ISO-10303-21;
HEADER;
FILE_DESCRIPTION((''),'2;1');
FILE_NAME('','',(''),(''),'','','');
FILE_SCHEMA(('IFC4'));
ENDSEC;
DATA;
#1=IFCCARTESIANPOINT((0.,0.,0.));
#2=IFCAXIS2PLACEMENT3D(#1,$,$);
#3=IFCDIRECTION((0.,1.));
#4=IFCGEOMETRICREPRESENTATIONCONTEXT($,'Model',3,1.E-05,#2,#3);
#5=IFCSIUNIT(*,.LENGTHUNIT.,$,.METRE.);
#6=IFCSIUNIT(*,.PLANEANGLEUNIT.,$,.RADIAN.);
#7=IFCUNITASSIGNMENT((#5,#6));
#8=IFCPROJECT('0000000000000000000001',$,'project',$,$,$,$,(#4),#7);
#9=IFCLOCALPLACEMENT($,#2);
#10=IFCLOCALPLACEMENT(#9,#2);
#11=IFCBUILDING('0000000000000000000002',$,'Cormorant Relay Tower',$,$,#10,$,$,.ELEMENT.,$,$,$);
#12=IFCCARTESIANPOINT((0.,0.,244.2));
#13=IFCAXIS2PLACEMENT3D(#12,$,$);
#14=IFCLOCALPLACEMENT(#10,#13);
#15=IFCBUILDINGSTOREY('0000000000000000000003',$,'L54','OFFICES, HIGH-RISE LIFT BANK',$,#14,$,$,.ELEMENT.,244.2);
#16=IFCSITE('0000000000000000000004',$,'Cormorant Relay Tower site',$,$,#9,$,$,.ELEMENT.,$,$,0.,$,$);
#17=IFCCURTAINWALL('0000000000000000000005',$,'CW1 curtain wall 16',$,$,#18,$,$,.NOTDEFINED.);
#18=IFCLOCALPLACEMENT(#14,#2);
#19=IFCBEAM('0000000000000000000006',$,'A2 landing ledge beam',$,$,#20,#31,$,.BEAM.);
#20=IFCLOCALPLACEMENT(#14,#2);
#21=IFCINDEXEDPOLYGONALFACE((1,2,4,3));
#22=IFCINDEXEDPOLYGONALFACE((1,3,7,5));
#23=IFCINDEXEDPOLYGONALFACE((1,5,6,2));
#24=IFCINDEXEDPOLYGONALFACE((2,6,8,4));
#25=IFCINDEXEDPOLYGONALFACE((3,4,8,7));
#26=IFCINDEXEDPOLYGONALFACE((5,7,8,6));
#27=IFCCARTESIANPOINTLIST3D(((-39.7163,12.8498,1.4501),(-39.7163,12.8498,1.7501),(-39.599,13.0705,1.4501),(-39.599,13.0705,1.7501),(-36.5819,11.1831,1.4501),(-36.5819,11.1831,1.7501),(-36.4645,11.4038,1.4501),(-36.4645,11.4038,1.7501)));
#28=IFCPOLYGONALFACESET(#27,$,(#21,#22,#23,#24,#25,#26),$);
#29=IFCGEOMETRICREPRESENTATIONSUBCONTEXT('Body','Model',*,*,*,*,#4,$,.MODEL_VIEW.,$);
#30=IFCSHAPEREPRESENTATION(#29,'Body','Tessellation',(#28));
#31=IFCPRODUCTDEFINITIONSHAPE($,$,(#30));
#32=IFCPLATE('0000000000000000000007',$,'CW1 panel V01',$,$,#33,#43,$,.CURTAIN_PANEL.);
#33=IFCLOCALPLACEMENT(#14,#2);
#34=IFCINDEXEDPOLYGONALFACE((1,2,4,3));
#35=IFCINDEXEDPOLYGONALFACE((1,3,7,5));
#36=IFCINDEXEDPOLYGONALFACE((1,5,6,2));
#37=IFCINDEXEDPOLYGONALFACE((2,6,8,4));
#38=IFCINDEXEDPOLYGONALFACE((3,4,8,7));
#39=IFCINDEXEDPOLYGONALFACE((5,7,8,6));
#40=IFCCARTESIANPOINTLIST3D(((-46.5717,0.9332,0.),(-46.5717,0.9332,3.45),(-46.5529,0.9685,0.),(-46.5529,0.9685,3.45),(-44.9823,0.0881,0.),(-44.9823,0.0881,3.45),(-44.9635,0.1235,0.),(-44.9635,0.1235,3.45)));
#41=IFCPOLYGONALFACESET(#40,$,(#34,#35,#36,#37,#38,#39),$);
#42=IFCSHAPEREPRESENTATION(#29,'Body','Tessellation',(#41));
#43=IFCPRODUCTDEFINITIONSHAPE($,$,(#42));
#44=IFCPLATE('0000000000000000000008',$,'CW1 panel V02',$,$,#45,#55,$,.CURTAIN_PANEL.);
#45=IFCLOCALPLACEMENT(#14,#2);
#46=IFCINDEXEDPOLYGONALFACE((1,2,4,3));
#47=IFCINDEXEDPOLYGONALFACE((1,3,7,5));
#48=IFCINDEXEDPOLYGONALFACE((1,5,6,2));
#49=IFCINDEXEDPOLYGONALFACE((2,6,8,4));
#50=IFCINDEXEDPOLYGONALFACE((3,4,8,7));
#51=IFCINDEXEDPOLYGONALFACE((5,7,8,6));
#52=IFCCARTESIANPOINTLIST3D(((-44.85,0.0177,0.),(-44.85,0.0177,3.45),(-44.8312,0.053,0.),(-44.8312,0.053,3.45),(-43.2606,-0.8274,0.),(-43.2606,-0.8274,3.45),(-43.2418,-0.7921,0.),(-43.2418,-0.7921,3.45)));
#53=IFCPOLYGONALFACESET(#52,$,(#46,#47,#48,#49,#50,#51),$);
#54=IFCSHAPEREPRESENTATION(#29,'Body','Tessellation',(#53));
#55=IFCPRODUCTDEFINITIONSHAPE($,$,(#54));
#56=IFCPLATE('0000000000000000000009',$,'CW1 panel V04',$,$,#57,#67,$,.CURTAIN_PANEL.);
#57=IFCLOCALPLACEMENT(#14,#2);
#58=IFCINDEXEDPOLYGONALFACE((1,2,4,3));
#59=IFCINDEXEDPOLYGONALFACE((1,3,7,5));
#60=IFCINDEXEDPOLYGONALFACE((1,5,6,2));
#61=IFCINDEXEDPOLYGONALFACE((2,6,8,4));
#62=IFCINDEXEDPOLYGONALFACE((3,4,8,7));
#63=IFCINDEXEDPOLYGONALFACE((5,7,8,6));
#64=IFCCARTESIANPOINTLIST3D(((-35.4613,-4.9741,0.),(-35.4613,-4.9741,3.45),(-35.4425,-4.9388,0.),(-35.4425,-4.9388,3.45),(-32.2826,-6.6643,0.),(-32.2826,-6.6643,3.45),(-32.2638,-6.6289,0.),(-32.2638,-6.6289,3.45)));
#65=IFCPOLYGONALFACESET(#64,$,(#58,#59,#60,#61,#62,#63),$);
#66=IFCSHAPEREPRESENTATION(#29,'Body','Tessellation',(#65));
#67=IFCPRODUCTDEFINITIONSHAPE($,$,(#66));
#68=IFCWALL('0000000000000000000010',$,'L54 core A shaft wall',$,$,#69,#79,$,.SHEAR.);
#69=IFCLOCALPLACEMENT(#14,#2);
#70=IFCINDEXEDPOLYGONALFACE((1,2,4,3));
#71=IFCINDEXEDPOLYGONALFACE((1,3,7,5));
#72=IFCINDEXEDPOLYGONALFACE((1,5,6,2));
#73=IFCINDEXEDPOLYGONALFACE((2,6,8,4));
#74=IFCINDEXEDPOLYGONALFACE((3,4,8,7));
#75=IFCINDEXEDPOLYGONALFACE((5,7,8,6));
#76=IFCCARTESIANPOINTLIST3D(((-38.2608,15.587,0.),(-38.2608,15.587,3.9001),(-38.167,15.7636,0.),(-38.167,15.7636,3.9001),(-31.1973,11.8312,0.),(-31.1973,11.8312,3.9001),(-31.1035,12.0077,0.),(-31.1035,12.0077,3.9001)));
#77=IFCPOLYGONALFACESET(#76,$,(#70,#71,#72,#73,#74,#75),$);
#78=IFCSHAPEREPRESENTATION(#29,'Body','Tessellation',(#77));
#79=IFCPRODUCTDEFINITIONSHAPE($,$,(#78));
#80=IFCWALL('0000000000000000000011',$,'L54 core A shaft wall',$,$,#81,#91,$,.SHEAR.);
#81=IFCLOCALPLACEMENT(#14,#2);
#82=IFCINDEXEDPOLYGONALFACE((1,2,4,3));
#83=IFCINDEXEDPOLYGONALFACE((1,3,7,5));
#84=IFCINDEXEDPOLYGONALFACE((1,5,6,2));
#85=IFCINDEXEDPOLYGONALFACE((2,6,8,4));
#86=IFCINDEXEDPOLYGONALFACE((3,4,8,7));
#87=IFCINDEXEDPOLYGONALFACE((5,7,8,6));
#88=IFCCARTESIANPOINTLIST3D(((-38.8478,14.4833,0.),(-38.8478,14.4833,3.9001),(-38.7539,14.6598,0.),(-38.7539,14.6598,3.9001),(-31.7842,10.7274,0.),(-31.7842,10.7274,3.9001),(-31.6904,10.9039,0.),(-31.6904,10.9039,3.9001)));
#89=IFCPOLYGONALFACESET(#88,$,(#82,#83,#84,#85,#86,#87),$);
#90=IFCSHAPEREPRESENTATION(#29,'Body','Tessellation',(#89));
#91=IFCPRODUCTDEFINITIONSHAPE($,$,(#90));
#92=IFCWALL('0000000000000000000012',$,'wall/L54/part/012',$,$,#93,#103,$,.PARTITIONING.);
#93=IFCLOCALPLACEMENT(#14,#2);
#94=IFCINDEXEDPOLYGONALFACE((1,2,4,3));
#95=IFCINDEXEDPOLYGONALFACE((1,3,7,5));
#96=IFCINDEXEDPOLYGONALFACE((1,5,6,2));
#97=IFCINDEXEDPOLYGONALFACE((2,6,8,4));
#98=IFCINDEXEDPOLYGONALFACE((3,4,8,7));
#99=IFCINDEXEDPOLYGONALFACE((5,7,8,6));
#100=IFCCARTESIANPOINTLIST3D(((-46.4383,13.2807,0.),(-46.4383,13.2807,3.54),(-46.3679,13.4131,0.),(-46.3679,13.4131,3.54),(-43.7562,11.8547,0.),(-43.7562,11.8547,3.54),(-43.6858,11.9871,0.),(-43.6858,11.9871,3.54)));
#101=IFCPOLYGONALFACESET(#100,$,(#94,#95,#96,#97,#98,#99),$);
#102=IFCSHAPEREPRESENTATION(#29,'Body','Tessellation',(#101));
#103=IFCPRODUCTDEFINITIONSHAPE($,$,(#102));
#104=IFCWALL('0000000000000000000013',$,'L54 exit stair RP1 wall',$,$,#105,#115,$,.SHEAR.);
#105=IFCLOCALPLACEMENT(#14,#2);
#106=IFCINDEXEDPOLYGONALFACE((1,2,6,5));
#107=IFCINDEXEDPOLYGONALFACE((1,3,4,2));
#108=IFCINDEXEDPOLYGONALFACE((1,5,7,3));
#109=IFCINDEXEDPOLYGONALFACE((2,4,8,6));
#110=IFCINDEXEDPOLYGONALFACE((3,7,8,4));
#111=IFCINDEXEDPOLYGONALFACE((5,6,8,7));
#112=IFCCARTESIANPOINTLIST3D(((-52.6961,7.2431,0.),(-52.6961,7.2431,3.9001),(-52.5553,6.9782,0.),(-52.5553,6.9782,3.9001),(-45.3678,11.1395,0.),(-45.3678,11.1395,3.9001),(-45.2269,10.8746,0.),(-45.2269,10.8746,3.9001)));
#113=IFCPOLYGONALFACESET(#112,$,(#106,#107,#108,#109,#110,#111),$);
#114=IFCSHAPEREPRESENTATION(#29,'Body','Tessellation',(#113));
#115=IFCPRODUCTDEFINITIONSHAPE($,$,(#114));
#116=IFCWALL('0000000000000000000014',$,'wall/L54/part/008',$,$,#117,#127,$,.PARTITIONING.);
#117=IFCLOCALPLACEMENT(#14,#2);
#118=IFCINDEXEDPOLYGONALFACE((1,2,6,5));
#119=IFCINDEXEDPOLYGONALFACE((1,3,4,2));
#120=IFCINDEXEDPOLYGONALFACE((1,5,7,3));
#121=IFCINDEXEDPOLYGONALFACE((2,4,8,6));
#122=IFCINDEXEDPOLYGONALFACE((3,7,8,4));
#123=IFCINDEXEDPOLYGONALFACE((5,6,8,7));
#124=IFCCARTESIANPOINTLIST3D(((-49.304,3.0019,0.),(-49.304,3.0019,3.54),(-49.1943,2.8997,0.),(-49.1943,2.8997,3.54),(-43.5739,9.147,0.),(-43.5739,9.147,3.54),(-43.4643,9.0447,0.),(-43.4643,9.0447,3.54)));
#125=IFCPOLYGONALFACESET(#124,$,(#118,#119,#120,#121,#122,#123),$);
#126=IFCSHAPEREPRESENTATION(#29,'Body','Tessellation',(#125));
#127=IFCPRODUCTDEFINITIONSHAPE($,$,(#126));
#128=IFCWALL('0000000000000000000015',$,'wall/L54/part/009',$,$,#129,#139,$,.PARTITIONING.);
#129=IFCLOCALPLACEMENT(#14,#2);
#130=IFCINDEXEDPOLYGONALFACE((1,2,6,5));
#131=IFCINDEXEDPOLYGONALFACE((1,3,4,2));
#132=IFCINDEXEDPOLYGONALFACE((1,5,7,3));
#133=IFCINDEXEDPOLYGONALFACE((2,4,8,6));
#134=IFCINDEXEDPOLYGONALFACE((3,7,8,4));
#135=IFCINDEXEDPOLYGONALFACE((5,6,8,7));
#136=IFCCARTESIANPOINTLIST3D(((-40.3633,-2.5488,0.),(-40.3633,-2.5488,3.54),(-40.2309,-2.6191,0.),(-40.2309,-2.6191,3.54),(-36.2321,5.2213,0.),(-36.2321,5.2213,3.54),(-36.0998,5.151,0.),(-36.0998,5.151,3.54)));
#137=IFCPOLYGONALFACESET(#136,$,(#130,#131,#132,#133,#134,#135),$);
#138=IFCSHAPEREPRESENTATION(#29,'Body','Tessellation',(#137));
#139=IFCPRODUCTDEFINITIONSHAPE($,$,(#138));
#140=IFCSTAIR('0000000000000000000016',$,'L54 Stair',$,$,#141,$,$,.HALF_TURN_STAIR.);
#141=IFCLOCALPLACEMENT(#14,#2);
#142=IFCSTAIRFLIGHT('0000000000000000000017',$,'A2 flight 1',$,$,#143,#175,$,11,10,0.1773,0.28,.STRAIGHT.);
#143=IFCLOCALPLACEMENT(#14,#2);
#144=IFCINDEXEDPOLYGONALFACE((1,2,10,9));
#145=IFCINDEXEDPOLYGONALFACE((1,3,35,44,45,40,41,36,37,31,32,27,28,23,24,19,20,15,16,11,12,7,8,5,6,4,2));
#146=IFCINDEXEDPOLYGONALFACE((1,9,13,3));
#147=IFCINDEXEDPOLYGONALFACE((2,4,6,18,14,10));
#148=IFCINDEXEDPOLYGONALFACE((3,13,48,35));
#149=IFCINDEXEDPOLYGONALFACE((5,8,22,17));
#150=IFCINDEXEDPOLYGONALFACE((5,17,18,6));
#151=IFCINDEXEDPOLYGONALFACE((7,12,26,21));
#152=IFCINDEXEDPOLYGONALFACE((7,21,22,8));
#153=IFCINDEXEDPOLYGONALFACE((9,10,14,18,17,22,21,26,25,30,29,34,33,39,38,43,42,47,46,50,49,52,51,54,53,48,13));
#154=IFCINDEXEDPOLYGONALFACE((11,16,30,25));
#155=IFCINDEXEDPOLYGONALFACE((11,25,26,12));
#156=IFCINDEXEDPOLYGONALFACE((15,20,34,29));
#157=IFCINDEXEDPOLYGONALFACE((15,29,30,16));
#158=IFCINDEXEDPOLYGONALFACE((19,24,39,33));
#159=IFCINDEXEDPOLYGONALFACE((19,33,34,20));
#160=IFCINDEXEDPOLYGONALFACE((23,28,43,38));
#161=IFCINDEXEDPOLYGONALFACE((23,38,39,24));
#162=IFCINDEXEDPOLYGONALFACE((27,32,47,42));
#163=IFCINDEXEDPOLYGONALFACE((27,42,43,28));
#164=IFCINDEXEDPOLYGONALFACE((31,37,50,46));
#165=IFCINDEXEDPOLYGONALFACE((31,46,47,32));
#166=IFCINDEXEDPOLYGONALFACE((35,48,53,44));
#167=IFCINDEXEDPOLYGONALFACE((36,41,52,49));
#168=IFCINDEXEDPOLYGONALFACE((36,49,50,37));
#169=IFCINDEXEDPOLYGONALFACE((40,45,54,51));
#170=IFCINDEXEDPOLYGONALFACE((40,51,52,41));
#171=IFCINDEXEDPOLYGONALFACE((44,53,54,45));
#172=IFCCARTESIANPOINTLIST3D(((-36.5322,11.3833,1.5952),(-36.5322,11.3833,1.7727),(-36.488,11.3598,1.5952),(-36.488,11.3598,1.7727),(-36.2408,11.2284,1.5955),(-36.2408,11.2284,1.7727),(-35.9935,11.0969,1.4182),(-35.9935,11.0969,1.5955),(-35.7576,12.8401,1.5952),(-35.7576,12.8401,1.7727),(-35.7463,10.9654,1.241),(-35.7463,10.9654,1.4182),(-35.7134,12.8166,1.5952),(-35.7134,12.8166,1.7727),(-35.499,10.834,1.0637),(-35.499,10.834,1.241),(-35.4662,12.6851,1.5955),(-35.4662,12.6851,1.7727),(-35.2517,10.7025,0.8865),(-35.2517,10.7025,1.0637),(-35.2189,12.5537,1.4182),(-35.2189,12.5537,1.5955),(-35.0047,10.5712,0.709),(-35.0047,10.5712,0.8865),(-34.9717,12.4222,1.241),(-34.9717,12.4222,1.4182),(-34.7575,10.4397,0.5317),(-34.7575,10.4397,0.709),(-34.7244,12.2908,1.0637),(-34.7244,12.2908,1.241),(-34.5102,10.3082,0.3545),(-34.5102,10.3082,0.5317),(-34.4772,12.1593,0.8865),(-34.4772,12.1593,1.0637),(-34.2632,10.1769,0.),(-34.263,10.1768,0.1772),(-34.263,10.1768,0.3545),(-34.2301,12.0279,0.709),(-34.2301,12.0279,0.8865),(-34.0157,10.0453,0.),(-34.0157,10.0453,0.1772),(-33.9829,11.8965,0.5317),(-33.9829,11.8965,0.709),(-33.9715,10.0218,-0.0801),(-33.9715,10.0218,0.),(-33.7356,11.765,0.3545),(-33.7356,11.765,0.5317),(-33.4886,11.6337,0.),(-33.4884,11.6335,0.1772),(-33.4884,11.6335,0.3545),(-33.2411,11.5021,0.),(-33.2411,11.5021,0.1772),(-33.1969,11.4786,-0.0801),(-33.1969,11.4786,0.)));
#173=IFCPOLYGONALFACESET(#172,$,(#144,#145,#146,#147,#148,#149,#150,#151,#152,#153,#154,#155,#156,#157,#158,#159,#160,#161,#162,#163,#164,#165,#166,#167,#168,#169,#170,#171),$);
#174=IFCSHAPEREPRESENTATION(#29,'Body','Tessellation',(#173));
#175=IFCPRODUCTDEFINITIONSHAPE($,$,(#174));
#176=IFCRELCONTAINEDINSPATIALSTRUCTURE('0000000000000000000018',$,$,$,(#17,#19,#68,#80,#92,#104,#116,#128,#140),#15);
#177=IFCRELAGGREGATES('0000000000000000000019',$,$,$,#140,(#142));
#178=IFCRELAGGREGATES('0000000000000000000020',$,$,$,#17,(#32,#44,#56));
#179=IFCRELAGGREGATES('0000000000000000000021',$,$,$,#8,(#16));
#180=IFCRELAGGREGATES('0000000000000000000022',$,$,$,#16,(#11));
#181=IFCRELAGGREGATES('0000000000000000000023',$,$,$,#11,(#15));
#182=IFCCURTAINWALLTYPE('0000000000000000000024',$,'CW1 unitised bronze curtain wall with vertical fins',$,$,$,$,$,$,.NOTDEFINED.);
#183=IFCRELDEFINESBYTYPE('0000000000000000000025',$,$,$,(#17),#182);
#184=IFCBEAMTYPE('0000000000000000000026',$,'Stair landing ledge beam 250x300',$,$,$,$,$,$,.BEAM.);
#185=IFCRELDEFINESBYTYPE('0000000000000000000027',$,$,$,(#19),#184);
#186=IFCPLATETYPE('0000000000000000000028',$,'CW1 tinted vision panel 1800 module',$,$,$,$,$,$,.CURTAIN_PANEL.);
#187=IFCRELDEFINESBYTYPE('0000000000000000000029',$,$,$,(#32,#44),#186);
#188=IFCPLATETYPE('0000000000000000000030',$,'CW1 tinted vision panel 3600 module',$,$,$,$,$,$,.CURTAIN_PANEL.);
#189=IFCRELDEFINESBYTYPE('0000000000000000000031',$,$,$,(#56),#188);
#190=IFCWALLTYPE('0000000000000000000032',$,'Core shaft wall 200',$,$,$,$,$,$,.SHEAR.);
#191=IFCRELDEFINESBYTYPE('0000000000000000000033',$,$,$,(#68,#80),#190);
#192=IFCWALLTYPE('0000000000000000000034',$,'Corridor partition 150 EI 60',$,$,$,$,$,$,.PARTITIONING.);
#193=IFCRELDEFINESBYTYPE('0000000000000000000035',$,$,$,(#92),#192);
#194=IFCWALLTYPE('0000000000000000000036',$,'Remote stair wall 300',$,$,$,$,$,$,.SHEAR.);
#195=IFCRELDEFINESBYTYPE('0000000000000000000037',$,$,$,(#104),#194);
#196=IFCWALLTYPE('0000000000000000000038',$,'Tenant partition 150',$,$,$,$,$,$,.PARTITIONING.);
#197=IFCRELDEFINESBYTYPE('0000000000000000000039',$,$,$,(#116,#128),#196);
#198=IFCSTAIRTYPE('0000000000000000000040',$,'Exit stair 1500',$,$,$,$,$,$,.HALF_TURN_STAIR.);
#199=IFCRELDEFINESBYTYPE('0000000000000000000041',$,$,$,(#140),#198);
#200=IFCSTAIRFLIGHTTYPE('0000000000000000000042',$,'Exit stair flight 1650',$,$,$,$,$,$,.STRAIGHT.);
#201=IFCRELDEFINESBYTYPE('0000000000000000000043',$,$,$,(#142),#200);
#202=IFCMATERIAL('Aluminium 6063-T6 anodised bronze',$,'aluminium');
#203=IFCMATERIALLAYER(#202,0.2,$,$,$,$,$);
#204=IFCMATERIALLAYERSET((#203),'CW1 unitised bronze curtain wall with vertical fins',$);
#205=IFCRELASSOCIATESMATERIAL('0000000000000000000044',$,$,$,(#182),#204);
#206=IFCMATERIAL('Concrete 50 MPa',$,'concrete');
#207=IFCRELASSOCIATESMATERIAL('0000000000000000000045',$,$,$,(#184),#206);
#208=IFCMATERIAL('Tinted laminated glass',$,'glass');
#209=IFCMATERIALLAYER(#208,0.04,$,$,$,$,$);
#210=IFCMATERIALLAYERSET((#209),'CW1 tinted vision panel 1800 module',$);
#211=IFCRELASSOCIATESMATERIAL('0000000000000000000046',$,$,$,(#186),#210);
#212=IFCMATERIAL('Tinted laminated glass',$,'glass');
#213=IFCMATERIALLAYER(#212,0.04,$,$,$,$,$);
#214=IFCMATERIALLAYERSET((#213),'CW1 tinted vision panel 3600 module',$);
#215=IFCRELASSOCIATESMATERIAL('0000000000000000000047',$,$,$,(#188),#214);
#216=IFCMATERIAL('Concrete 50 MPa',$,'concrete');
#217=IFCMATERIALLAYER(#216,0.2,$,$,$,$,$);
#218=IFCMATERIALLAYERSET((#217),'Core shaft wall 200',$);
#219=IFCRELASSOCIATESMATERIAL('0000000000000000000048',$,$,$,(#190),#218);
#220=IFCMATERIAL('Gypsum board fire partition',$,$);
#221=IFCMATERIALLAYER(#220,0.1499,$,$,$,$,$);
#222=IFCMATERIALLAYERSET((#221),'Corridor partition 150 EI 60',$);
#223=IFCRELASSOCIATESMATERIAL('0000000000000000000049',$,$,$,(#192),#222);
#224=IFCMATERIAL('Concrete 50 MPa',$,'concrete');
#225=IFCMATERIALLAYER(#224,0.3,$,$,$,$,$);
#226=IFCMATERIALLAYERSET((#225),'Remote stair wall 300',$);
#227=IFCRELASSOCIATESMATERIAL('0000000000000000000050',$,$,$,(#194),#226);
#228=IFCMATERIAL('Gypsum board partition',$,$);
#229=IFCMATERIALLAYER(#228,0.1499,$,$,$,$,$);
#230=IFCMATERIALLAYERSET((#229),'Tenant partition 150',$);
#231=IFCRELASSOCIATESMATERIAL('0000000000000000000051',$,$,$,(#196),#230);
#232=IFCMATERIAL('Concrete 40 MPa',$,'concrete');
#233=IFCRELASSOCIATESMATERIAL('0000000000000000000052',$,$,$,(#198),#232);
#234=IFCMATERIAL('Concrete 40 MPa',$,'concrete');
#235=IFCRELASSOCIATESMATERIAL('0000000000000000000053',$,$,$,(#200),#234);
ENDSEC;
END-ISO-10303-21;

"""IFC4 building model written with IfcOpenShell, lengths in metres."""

from ifc_helpers import new_model, si_unit, direction, frame, frame_2d, origin, origin_2d, place, context, subcontext, project, spatial, polyline, rectangle, outline, extrude, material, layer, layer_set, material_profile, profile_set, type_object, element, aggregate, save


model = new_model("IFC4")

# Units and contexts
model_context = context("Model", 3, precision=1e-05, world=origin(), true_north=direction((0.0, 1.0)))
body_context = subcontext(model_context, "Body", "Model", "MODEL_VIEW")
ifc_project = project(units=[si_unit("LENGTHUNIT", "METRE"), si_unit("PLANEANGLEUNIT", "RADIAN")], contexts=[model_context])

# Site, building, storey
site_placement = place(None, origin())
site = spatial("IfcSite", under=ifc_project, at=site_placement, Name="Cormorant Relay Tower site", CompositionType="ELEMENT", RefElevation=0.0)
building_placement = place(site_placement, origin())
building = spatial("IfcBuilding", under=site, at=building_placement, Name="Cormorant Relay Tower", CompositionType="ELEMENT")
storey_placement = place(building_placement, frame((0.0, 0.0, 244.2)))
storey = spatial("IfcBuildingStorey", under=building, at=storey_placement, Name="L54", Description="OFFICES, HIGH-RISE LIFT BANK", CompositionType="ELEMENT", Elevation=244.2)

# Curtain wall
ifc_material_1 = material(Name="Aluminium 6063-T6 anodised bronze", Category="aluminium")
ifc_layer_1 = layer(ifc_material_1, 0.2)
ifc_layer_set_1 = layer_set([ifc_layer_1], Name="CW1 unitised bronze curtain wall with vertical fins")
curtain_wall_type = type_object("IfcCurtainWallType", Name="CW1 unitised bronze curtain wall with vertical fins", PredefinedType="NOTDEFINED", material=ifc_layer_set_1)
curtain_wall_placement = place(storey_placement, origin())
curtain_wall = element("IfcCurtainWall", 1, at=curtain_wall_placement, inside=storey, type_object=curtain_wall_type, Name="CW1 curtain wall 16", PredefinedType="NOTDEFINED")

# Beam
ifc_material_2 = material(Name="Concrete 50 MPa", Category="concrete")
ifc_material_profile_1 = material_profile(ifc_material_2, rectangle(XDim=0.25, YDim=0.3, at=origin_2d()), Name="RC 250x300")
ifc_profile_set_1 = profile_set([ifc_material_profile_1], Name="Concrete 50 MPa")
beam_type_1 = type_object("IfcBeamType", Name="Stair landing ledge beam 250x300", PredefinedType="BEAM", material=ifc_profile_set_1)
beam_1_placement = place(storey_placement, frame((-36.5232, 11.2935, 1.6001), z_axis=(-0.882937, 0.469492, 0.0), x_axis=(-0.469492, -0.882937, 0.0)))
element("IfcBeam", 2, at=beam_1_placement, inside=storey, type_object=beam_type_1, Name="A2 landing ledge beam", PredefinedType="BEAM", context=body_context, shape_type="SweptSolid", body=[
    extrude(rectangle(XDim=0.25, YDim=0.3, at=origin_2d()), origin(), (0.0, 0.0, 1.0), 3.55),
])

# Plates
ifc_material_3 = material(Name="Tinted laminated glass", Category="glass")
ifc_layer_2 = layer(ifc_material_3, 0.04)
ifc_layer_set_2 = layer_set([ifc_layer_2], Name="CW1 tinted vision panel 1800 module")
plate_type_1 = type_object("IfcPlateType", Name="CW1 tinted vision panel 1800 module", PredefinedType="CURTAIN_PANEL", material=ifc_layer_set_2)
plate_1_placement = place(storey_placement, frame((-45.7676, 0.5283, 0.0), z_axis=(0.0, 0.0, 1.0), x_axis=(0.882948, -0.469472, 0.0)))
plate_1 = element("IfcPlate", 3, at=plate_1_placement, type_object=plate_type_1, Name="CW1 panel V01", PredefinedType="CURTAIN_PANEL", context=body_context, shape_type="SweptSolid", body=[
    extrude(rectangle(XDim=1.8, YDim=0.04, at=origin_2d()), origin(), (0.0, 0.0, 1.0), 3.45),
])
plate_2_placement = place(storey_placement, frame((-44.0459, -0.3872, 0.0), z_axis=(0.0, 0.0, 1.0), x_axis=(0.882948, -0.469472, 0.0)))
plate_2 = element("IfcPlate", 4, at=plate_2_placement, type_object=plate_type_1, Name="CW1 panel V02", PredefinedType="CURTAIN_PANEL", context=body_context, shape_type="SweptSolid", body=[
    extrude(rectangle(XDim=1.8, YDim=0.04, at=origin_2d()), origin(), (0.0, 0.0, 1.0), 3.45),
])
ifc_material_4 = material(Name="Tinted laminated glass", Category="glass")
ifc_layer_3 = layer(ifc_material_4, 0.04)
ifc_layer_set_3 = layer_set([ifc_layer_3], Name="CW1 tinted vision panel 3600 module")
plate_type_2 = type_object("IfcPlateType", Name="CW1 tinted vision panel 3600 module", PredefinedType="CURTAIN_PANEL", material=ifc_layer_set_3)
plate_3_placement = place(storey_placement, frame((-33.8625, -5.8015, 0.0), z_axis=(0.0, 0.0, 1.0), x_axis=(0.882948, -0.469472, 0.0)))
plate_3 = element("IfcPlate", 5, at=plate_3_placement, type_object=plate_type_2, Name="CW1 panel V04", PredefinedType="CURTAIN_PANEL", context=body_context, shape_type="SweptSolid", body=[
    extrude(rectangle(XDim=3.6001, YDim=0.04, at=origin_2d()), origin(), (0.0, 0.0, 1.0), 3.45),
])

# Walls
ifc_material_5 = material(Name="Concrete 50 MPa", Category="concrete")
ifc_layer_4 = layer(ifc_material_5, 0.2)
ifc_layer_set_4 = layer_set([ifc_layer_4], Name="Core shaft wall 200")
wall_type_1 = type_object("IfcWallType", Name="Core shaft wall 200", PredefinedType="SHEAR", material=ifc_layer_set_4)
for number, where, z_axis, x_axis, name in (
    (6, (-31.1504, 11.9194, 0.0), (0.0, 0.0, 1.0), (-0.88294, 0.469485, 0.0), "L54 core A shaft wall"),
    (7, (-31.7373, 10.8157, 0.0), (0.0, 0.0, 1.0), (-0.88294, 0.469485, 0.0), "L54 core A shaft wall"),
):
    element("IfcWall", number, at=place(storey_placement, frame(where, z_axis=z_axis, x_axis=x_axis)), inside=storey, type_object=wall_type_1, Name=name, PredefinedType="SHEAR", context=body_context, shape_type="SweptSolid", body=[
        extrude(rectangle(XDim=8.0, YDim=0.2, at=frame_2d((4.0, 0.0))), origin(), (0.0, 0.0, 1.0), 3.9001),
    ])
ifc_material_6 = material(Name="Gypsum board fire partition")
ifc_layer_5 = layer(ifc_material_6, 0.1499)
ifc_layer_set_5 = layer_set([ifc_layer_5], Name="Corridor partition 150 EI 60")
wall_type_2 = type_object("IfcWallType", Name="Corridor partition 150 EI 60", PredefinedType="PARTITIONING", material=ifc_layer_set_5)
wall_1_placement = place(storey_placement, frame((-46.4031, 13.3469, 0.0), z_axis=(0.0, 0.0, 1.0), x_axis=(0.88296, -0.469449, 0.0)))
element("IfcWall", 8, at=wall_1_placement, inside=storey, type_object=wall_type_2, Name="wall/L54/part/012", PredefinedType="PARTITIONING", context=body_context, shape_type="SweptSolid", body=[
    extrude(rectangle(XDim=3.0376, YDim=0.1499, at=frame_2d((1.5188, 0.0))), origin(), (0.0, 0.0, 1.0), 3.54),
])
ifc_material_7 = material(Name="Concrete 50 MPa", Category="concrete")
ifc_layer_6 = layer(ifc_material_7, 0.3)
ifc_layer_set_6 = layer_set([ifc_layer_6], Name="Remote stair wall 300")
wall_type_3 = type_object("IfcWallType", Name="Remote stair wall 300", PredefinedType="SHEAR", material=ifc_layer_set_6)
wall_2_placement = place(storey_placement, frame((-45.2974, 11.0071, 0.0), z_axis=(0.0, 0.0, 1.0), x_axis=(-0.882952, -0.469464, 0.0)))
element("IfcWall", 9, at=wall_2_placement, inside=storey, type_object=wall_type_3, Name="L54 exit stair RP1 wall", PredefinedType="SHEAR", context=body_context, shape_type="SweptSolid", body=[
    extrude(rectangle(XDim=8.2998, YDim=0.3, at=frame_2d((4.1499, 0.0))), origin(), (0.0, 0.0, 1.0), 3.9001),
])
ifc_material_8 = material(Name="Gypsum board partition")
ifc_layer_7 = layer(ifc_material_8, 0.1499)
ifc_layer_set_7 = layer_set([ifc_layer_7], Name="Tenant partition 150")
wall_type_4 = type_object("IfcWallType", Name="Tenant partition 150", PredefinedType="PARTITIONING", material=ifc_layer_set_7)
wall_3_placement = place(storey_placement, frame((-43.519, 9.0959, 0.0), z_axis=(0.0, 0.0, 1.0), x_axis=(-0.681977, -0.731374, 0.0)))
element("IfcWall", 10, at=wall_3_placement, inside=storey, type_object=wall_type_4, Name="wall/L54/part/008", PredefinedType="PARTITIONING", context=body_context, shape_type="SweptSolid", body=[
    extrude(rectangle(XDim=8.4021, YDim=0.1499, at=frame_2d((4.2012, 0.0))), origin(), (0.0, 0.0, 1.0), 3.54),
])
wall_4_placement = place(storey_placement, frame((-36.166, 5.186, 0.0), z_axis=(0.0, 0.0, 1.0), x_axis=(-0.469446, -0.882961, 0.0)))
element("IfcWall", 11, at=wall_4_placement, inside=storey, type_object=wall_type_4, Name="wall/L54/part/009", PredefinedType="PARTITIONING", context=body_context, shape_type="SweptSolid", body=[
    extrude(rectangle(XDim=8.8, YDim=0.1499, at=frame_2d((4.3999, 0.0))), origin(), (0.0, 0.0, 1.0), 3.54),
])

# Stair, stair flight
ifc_material_9 = material(Name="Concrete 40 MPa", Category="concrete")
stair_type = type_object("IfcStairType", Name="Exit stair 1500", PredefinedType="HALF_TURN_STAIR", material=ifc_material_9)
stair_placement = place(storey_placement, origin())
stair = element("IfcStair", 12, at=stair_placement, inside=storey, type_object=stair_type, Name="L54 Stair", PredefinedType="HALF_TURN_STAIR")
ifc_material_10 = material(Name="Concrete 40 MPa", Category="concrete")
stair_flight_type = type_object("IfcStairFlightType", Name="Exit stair flight 1650", PredefinedType="STRAIGHT", material=ifc_material_10)
stair_flight_1_placement = place(storey_placement, frame((-33.6284, 10.7737, 0.0), z_axis=(0.0, 0.0, 1.0), x_axis=(-0.882948, 0.469472, 0.0)))
stair_flight_1 = element("IfcStairFlight", 13, at=stair_flight_1_placement, type_object=stair_flight_type, Name="A2 flight 1", NumberOfRisers=11, NumberOfTreads=10, PredefinedType="STRAIGHT", RiserHeight=0.1773, TreadLength=0.28, context=body_context, shape_type="SweptSolid", body=[
    extrude(outline(polyline([(-0.05, -0.0801), (-0.05, 0.0), (0.0, 0.0), (0.0, 0.1772), (0.28, 0.1772), (0.28, 0.3545), (0.5601, 0.3545), (0.5601, 0.5317), (0.8401, 0.5317), (0.8401, 0.709), (1.1201, 0.709), (1.1201, 0.8865), (1.3999, 0.8865), (1.3999, 1.0637), (1.6799, 1.0637), (1.6799, 1.241), (1.96, 1.241), (1.96, 1.4182), (2.24, 1.4182), (2.24, 1.5955), (2.52, 1.5955), (2.52, 1.7727), (2.8, 1.7727), (2.8501, 1.7727), (2.8501, 1.5952), (2.8, 1.5952), (0.2803, 0.0), (-0.05, -0.0801)])), frame((0.0, 0.825, 0.0), z_axis=(0.0, -1.0, 0.0), x_axis=(1.0, 0.0, 0.0)), (0.0, 0.0, 1.0), 1.6499),
])
aggregate(stair, [stair_flight_1])

aggregate(curtain_wall, [plate_1, plate_2, plate_3])

save(model, "model.ifc")
